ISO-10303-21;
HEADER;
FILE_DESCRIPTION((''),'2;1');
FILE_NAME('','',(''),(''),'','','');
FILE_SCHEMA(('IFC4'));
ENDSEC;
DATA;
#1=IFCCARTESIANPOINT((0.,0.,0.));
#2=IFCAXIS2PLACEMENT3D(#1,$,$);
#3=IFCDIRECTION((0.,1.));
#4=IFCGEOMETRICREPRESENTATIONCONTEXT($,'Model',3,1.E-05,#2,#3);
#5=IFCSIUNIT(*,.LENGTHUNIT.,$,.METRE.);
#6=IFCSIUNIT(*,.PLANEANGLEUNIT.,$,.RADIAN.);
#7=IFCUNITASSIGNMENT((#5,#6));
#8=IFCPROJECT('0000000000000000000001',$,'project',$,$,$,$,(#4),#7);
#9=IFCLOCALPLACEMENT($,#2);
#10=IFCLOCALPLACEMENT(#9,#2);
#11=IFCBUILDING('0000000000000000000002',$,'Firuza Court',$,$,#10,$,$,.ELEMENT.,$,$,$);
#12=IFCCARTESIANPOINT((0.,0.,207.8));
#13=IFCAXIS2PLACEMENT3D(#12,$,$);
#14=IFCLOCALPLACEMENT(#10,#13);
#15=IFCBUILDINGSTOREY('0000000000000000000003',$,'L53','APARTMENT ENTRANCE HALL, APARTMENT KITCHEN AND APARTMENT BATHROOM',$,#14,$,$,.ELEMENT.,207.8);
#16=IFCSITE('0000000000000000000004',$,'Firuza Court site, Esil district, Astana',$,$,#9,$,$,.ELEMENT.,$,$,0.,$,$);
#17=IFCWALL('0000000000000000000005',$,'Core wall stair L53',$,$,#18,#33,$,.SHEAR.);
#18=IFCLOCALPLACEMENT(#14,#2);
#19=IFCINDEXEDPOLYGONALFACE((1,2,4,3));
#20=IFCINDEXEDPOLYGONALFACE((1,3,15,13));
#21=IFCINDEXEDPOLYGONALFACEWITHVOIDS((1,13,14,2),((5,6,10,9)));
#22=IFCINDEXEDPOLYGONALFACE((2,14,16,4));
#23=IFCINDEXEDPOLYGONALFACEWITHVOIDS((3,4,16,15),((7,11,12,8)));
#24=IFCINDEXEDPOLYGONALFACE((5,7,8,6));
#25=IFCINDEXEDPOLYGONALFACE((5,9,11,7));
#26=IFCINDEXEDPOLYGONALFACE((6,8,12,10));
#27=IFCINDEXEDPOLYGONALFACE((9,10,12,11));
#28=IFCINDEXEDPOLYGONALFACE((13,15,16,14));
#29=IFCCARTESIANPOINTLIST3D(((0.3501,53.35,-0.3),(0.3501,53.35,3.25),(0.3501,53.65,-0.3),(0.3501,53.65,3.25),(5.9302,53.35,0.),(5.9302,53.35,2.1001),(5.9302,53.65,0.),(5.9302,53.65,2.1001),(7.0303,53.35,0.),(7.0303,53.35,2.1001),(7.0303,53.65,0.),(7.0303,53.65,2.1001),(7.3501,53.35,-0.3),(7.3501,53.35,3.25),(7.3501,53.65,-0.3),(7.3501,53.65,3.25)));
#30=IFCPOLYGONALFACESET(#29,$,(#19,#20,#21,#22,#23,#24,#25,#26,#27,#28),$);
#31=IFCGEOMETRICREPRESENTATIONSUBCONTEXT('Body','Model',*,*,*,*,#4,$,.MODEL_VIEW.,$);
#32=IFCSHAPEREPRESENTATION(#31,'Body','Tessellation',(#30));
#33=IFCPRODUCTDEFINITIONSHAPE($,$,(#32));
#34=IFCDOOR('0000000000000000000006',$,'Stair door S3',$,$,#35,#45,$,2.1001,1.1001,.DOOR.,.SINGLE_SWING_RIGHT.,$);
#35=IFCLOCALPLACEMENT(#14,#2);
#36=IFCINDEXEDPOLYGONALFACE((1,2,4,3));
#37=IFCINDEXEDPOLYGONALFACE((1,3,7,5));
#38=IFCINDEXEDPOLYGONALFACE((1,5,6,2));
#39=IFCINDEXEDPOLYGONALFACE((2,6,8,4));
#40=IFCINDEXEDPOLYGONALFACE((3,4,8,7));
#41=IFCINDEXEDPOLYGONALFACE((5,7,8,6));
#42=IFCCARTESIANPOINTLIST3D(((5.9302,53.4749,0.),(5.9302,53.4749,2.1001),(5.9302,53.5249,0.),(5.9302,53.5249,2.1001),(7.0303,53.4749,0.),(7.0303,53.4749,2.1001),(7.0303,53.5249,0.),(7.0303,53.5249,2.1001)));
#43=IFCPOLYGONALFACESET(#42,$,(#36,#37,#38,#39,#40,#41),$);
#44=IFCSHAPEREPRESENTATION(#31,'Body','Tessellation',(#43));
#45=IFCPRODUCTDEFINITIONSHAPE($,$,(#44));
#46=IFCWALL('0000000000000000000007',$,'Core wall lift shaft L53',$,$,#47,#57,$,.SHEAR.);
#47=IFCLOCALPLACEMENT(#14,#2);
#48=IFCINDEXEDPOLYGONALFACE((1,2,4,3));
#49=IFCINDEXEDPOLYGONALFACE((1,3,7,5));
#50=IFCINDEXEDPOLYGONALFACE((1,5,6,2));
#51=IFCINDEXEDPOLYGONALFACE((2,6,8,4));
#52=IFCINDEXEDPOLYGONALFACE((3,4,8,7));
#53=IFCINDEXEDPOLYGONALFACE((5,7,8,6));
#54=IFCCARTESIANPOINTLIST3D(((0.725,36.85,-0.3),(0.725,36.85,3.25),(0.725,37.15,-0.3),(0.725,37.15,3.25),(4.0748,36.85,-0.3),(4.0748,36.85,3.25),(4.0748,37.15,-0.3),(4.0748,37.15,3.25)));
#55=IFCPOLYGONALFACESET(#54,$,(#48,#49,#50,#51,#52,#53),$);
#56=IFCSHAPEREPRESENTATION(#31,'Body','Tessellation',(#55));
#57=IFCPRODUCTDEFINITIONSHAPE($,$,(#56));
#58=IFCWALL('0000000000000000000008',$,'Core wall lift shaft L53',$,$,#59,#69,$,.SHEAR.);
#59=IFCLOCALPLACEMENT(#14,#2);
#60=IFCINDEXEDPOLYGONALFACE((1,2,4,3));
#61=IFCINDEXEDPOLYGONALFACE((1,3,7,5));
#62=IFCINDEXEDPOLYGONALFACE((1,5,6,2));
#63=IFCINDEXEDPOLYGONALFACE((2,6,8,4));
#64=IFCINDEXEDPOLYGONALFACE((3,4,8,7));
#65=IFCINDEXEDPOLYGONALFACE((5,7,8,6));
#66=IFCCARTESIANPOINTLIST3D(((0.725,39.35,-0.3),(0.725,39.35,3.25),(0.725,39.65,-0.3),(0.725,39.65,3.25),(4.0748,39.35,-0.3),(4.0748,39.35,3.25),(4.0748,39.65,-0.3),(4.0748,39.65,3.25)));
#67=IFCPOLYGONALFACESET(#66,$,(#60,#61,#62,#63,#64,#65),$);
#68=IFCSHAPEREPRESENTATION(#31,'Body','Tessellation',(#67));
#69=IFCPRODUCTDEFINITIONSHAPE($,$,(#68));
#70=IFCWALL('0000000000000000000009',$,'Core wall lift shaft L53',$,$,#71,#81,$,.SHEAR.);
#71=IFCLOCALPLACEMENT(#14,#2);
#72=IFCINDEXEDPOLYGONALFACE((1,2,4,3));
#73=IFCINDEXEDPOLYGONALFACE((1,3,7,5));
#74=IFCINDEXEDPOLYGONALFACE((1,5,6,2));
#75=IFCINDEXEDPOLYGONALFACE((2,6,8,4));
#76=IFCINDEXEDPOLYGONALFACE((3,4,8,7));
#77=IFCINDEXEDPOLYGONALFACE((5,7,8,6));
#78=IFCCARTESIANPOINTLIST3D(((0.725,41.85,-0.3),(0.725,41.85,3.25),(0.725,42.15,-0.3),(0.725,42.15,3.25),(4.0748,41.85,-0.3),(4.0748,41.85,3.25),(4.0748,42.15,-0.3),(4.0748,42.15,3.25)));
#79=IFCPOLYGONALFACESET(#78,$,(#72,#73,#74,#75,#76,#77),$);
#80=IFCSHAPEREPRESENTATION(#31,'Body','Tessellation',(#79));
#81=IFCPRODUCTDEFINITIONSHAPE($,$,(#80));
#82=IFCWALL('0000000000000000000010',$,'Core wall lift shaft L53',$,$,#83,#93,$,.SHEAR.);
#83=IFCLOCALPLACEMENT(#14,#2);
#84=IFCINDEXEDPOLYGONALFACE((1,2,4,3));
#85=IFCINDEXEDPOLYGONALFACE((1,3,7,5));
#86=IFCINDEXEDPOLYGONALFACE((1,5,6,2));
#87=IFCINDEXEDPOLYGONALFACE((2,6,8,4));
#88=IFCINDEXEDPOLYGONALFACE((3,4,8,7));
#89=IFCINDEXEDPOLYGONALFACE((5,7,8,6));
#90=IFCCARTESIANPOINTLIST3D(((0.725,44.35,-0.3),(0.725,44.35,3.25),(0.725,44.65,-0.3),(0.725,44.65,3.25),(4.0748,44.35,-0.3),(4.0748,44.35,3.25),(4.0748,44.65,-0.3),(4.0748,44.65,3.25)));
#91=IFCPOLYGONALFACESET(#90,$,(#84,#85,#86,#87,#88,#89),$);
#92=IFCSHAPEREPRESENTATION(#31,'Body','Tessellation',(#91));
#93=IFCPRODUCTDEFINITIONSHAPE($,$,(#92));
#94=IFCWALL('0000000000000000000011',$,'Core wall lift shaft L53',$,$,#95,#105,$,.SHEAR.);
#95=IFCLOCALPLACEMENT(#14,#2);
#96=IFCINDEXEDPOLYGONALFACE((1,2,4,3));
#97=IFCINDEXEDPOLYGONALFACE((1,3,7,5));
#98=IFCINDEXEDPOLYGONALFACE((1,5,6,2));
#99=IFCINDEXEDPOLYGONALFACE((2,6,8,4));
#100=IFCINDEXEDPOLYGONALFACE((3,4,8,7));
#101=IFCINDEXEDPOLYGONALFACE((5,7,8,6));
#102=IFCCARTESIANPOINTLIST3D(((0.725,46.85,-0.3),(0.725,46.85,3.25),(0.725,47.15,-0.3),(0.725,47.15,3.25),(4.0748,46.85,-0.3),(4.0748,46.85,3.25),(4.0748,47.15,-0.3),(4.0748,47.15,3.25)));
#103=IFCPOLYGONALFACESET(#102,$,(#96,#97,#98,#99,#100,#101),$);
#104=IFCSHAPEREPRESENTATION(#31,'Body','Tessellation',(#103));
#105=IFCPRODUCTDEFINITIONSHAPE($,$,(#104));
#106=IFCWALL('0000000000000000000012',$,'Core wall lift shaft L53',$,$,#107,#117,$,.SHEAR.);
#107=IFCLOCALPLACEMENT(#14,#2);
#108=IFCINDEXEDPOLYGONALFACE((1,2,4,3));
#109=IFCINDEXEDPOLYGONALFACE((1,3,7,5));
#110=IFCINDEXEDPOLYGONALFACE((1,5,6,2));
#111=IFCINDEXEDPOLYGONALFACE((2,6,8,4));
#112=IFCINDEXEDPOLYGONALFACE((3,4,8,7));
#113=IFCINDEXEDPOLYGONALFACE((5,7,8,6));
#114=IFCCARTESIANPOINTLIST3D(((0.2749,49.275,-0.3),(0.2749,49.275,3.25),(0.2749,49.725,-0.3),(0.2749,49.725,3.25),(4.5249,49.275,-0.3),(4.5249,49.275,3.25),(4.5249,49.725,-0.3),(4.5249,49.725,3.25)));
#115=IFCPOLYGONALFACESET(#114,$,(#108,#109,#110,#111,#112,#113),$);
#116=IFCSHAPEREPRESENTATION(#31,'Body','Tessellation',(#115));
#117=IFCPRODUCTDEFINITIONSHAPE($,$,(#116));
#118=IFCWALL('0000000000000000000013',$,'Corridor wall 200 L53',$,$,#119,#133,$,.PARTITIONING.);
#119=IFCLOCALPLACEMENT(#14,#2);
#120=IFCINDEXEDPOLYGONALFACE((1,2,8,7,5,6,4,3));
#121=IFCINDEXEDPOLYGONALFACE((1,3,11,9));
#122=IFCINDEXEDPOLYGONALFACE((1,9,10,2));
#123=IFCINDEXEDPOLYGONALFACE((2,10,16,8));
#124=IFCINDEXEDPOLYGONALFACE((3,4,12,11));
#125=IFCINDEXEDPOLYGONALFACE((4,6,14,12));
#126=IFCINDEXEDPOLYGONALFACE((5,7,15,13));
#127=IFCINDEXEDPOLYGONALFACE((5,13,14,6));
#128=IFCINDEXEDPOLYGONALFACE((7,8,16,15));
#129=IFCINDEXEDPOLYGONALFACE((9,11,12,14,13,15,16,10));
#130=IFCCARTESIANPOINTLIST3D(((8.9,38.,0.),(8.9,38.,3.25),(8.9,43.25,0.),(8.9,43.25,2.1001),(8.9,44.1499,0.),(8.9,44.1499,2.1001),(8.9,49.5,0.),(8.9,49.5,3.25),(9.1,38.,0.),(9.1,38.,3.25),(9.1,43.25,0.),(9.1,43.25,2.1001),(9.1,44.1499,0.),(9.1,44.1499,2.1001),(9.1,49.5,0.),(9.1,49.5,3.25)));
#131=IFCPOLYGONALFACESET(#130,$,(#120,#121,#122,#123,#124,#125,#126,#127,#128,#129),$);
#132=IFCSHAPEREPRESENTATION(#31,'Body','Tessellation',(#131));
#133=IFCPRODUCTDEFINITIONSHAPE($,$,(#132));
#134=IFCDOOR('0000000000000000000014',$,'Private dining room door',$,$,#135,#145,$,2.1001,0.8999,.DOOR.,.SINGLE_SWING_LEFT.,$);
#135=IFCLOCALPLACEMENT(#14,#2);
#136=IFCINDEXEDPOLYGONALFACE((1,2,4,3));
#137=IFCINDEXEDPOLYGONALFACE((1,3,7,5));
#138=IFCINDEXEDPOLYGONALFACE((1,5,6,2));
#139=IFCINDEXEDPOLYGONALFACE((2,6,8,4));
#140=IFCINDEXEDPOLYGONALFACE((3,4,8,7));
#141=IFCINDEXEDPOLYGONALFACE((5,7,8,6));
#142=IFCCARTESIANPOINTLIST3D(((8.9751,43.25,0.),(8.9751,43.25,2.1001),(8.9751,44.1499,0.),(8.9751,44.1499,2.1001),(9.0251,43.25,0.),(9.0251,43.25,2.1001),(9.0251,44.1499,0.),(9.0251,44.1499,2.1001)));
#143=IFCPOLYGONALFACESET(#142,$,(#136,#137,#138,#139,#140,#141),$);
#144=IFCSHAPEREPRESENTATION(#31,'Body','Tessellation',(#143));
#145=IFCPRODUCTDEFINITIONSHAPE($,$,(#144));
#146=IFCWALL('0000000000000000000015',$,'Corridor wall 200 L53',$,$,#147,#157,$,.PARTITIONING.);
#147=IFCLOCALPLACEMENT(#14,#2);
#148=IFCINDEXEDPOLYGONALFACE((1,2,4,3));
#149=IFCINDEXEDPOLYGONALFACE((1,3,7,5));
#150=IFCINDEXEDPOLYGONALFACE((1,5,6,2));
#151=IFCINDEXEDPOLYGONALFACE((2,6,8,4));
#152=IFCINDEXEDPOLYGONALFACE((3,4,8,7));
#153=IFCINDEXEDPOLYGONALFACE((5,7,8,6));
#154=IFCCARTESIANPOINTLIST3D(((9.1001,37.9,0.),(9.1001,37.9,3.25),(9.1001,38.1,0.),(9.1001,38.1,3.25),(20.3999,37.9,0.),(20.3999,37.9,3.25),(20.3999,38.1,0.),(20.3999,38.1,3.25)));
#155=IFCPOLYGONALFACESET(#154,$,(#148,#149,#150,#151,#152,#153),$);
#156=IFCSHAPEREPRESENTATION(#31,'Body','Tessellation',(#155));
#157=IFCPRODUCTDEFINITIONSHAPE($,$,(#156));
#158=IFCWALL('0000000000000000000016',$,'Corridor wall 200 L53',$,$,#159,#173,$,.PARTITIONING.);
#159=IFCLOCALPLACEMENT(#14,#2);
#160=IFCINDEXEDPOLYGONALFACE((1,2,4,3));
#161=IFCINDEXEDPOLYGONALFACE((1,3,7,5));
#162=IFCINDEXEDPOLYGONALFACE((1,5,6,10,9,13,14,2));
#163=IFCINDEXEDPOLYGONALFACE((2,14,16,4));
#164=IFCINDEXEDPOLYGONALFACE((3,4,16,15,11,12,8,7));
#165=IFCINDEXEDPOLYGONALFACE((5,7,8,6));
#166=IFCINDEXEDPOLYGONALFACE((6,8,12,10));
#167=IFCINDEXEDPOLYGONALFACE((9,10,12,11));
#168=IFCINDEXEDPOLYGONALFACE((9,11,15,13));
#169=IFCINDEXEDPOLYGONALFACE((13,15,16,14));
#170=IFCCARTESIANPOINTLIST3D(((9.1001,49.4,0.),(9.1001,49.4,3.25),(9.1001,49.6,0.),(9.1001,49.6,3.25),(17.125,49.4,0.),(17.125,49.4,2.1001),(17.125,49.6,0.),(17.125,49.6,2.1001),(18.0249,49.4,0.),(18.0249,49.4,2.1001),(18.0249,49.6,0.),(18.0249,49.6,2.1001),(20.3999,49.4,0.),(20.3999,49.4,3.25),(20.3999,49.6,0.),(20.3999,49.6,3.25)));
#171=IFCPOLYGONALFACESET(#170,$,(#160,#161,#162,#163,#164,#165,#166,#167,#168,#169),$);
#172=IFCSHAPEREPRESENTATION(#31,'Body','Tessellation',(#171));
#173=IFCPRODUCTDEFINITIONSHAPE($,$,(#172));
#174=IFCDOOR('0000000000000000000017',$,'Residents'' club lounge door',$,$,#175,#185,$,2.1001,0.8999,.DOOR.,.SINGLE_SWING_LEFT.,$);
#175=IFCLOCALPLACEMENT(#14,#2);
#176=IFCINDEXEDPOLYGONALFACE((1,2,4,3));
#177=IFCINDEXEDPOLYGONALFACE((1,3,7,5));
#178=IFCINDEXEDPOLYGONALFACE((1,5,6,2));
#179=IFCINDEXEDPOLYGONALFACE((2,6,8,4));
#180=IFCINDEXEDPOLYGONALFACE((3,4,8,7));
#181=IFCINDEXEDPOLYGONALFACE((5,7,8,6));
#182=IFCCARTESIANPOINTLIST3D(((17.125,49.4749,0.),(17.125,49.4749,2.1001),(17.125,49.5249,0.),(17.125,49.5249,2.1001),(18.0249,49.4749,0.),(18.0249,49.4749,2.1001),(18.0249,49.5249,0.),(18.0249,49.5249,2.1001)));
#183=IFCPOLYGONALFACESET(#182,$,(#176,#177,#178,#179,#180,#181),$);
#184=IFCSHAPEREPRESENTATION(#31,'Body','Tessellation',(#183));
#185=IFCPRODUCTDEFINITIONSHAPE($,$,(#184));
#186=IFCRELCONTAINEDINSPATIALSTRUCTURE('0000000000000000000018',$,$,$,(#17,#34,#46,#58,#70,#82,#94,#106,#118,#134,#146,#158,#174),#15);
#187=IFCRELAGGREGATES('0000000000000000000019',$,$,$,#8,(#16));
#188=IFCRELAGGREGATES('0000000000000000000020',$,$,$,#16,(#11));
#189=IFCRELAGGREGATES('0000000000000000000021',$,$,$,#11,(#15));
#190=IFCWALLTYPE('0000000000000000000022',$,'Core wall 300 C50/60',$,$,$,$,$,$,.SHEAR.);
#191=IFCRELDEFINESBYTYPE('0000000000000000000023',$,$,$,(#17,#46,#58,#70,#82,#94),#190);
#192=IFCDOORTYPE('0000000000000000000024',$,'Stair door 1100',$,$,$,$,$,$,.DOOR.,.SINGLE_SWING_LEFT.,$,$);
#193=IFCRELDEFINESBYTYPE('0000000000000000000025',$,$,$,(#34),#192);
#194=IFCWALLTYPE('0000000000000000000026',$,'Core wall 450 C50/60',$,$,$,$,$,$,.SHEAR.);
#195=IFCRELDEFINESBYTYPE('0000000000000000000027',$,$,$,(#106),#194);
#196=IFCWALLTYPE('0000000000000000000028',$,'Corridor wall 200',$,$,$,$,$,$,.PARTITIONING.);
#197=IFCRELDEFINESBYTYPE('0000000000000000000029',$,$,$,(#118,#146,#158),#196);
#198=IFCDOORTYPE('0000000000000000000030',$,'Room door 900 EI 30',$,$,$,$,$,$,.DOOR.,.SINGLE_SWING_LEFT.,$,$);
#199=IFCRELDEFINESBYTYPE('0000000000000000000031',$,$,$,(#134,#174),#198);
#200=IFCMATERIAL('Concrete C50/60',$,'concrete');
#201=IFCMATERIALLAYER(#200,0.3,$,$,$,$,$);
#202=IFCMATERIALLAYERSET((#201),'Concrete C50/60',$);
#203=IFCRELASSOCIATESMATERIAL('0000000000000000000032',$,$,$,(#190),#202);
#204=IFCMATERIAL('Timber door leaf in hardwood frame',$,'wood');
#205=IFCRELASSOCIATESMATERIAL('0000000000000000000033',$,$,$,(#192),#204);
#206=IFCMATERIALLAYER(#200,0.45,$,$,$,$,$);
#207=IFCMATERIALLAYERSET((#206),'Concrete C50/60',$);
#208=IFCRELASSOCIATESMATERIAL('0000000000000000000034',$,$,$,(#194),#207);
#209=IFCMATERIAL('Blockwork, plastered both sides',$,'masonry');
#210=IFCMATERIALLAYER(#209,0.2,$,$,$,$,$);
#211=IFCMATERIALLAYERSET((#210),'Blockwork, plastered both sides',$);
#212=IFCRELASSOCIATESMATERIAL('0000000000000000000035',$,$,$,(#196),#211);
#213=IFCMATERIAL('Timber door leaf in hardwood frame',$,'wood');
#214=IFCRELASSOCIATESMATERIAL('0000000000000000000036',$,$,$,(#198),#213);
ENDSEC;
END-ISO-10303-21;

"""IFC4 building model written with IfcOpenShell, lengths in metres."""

from ifc_helpers import new_model, si_unit, direction, frame, frame_2d, origin, place, context, subcontext, project, spatial, rectangle, extrude, material, layer, layer_set, type_object, element, fill, save


model = new_model("IFC4")

# Units and contexts
model_context = context("Model", 3, precision=1e-05, world=origin(), true_north=direction((0.0, 1.0)))
body_context = subcontext(model_context, "Body", "Model", "MODEL_VIEW")
ifc_project = project(units=[si_unit("LENGTHUNIT", "METRE"), si_unit("PLANEANGLEUNIT", "RADIAN")], contexts=[model_context])

# Site, building, storey
site_placement = place(None, origin())
site = spatial("IfcSite", under=ifc_project, at=site_placement, Name="Firuza Court site, Esil district, Astana", CompositionType="ELEMENT", RefElevation=0.0)
building_placement = place(site_placement, origin())
building = spatial("IfcBuilding", under=site, at=building_placement, Name="Firuza Court", CompositionType="ELEMENT")
storey_placement = place(building_placement, frame((0.0, 0.0, 207.8)))
storey = spatial("IfcBuildingStorey", under=building, at=storey_placement, Name="L53", Description="APARTMENT ENTRANCE HALL, APARTMENT KITCHEN AND APARTMENT BATHROOM", CompositionType="ELEMENT", Elevation=207.8)

# Wall, opening, door
ifc_material_1 = material(Name="Concrete C50/60", Category="concrete")
ifc_layer_1 = layer(ifc_material_1, 0.3)
ifc_layer_set_1 = layer_set([ifc_layer_1], Name="Concrete C50/60")
wall_type_1 = type_object("IfcWallType", Name="Core wall 300 C50/60", PredefinedType="SHEAR", material=ifc_layer_set_1)
wall_1_placement = place(storey_placement, frame((0.3501, 53.5, -0.3), z_axis=(0.0, 0.0, 1.0), x_axis=(1.0, 0.0, 0.0)))
wall_1 = element("IfcWall", 1, at=wall_1_placement, inside=storey, type_object=wall_type_1, Name="Core wall stair L53", PredefinedType="SHEAR", context=body_context, shape_type="SweptSolid", body=[
    extrude(rectangle(XDim=7.0, YDim=0.3, at=frame_2d((3.5, 0.0))), origin(), (0.0, 0.0, 1.0), 3.55),
])
opening_1_placement = place(wall_1_placement, frame((5.5801, 0.0, 0.3)))
opening_1 = element("IfcOpeningElement", 2, at=opening_1_placement, cuts=wall_1, PredefinedType="OPENING", context=body_context, shape_type="SweptSolid", body=[
    extrude(rectangle(XDim=1.1001, YDim=2.1001, at=frame_2d((0.55, 1.05))), frame((0.0, 0.1621, 0.0), z_axis=(0.0, -1.0, 0.0), x_axis=(1.0, 0.0, 0.0)), (0.0, 0.0, 1.0), 0.324),
])
ifc_material_2 = material(Name="Timber door leaf in hardwood frame", Category="wood")
door_type_1 = type_object("IfcDoorType", Name="Stair door 1100", OperationType="SINGLE_SWING_LEFT", PredefinedType="DOOR", material=ifc_material_2)
door_1_placement = place(opening_1_placement, origin())
door_1 = element("IfcDoor", 3, at=door_1_placement, inside=storey, type_object=door_type_1, Name="Stair door S3", OperationType="SINGLE_SWING_RIGHT", OverallHeight=2.1001, OverallWidth=1.1001, PredefinedType="DOOR", context=body_context, shape_type="SweptSolid", body=[
    extrude(rectangle(XDim=1.1001, YDim=2.1001, at=frame_2d((0.55, 1.05))), frame((0.0, 0.0249, 0.0), z_axis=(0.0, -1.0, 0.0), x_axis=(1.0, 0.0, 0.0)), (0.0, 0.0, 1.0), 0.05),
])
fill(opening_1, door_1)

# Walls
for number, where, z_axis, x_axis, name in (
    (4, (0.7251, 37.0, -0.3), (0.0, 0.0, 1.0), (1.0, 0.0, 0.0), "Core wall lift shaft L53"),
    (5, (0.7251, 39.5, -0.3), (0.0, 0.0, 1.0), (1.0, 0.0, 0.0), "Core wall lift shaft L53"),
    (6, (0.7251, 42.0, -0.3), (0.0, 0.0, 1.0), (1.0, 0.0, 0.0), "Core wall lift shaft L53"),
    (7, (0.7251, 44.5, -0.3), (0.0, 0.0, 1.0), (1.0, 0.0, 0.0), "Core wall lift shaft L53"),
    (8, (0.7251, 47.0, -0.3), (0.0, 0.0, 1.0), (1.0, 0.0, 0.0), "Core wall lift shaft L53"),
):
    element("IfcWall", number, at=place(storey_placement, frame(where, z_axis=z_axis, x_axis=x_axis)), inside=storey, type_object=wall_type_1, Name=name, PredefinedType="SHEAR", context=body_context, shape_type="SweptSolid", body=[
        extrude(rectangle(XDim=3.3499, YDim=0.3, at=frame_2d((1.6748, 0.0))), origin(), (0.0, 0.0, 1.0), 3.55),
    ])
ifc_layer_2 = layer(ifc_material_1, 0.45)
ifc_layer_set_2 = layer_set([ifc_layer_2], Name="Concrete C50/60")
wall_type_2 = type_object("IfcWallType", Name="Core wall 450 C50/60", PredefinedType="SHEAR", material=ifc_layer_set_2)
wall_2_placement = place(storey_placement, frame((0.2749, 49.5, -0.3), z_axis=(0.0, 0.0, 1.0), x_axis=(1.0, 0.0, 0.0)))
element("IfcWall", 9, at=wall_2_placement, inside=storey, type_object=wall_type_2, Name="Core wall lift shaft L53", PredefinedType="SHEAR", context=body_context, shape_type="SweptSolid", body=[
    extrude(rectangle(XDim=4.25, YDim=0.45, at=frame_2d((2.125, 0.0))), origin(), (0.0, 0.0, 1.0), 3.55),
])

# Wall, opening, door
ifc_material_3 = material(Name="Blockwork, plastered both sides", Category="masonry")
ifc_layer_3 = layer(ifc_material_3, 0.2)
ifc_layer_set_3 = layer_set([ifc_layer_3], Name="Blockwork, plastered both sides")
wall_type_3 = type_object("IfcWallType", Name="Corridor wall 200", PredefinedType="PARTITIONING", material=ifc_layer_set_3)
wall_3_placement = place(storey_placement, frame((9.0, 38.0, 0.0), z_axis=(0.0, 0.0, 1.0), x_axis=(0.0, 1.0, 0.0)))
wall_3 = element("IfcWall", 10, at=wall_3_placement, inside=storey, type_object=wall_type_3, Name="Corridor wall 200 L53", PredefinedType="PARTITIONING", context=body_context, shape_type="SweptSolid", body=[
    extrude(rectangle(XDim=11.5, YDim=0.2, at=frame_2d((5.75, 0.0))), origin(), (0.0, 0.0, 1.0), 3.25),
])
opening_2_placement = place(wall_3_placement, frame((5.25, 0.0, 0.0)))
opening_2 = element("IfcOpeningElement", 11, at=opening_2_placement, cuts=wall_3, PredefinedType="OPENING", context=body_context, shape_type="SweptSolid", body=[
    extrude(rectangle(XDim=0.8999, YDim=2.1001, at=frame_2d((0.45, 1.05))), frame((0.0, 0.1118, 0.0), z_axis=(0.0, -1.0, 0.0), x_axis=(1.0, 0.0, 0.0)), (0.0, 0.0, 1.0), 0.2239),
])
ifc_material_4 = material(Name="Timber door leaf in hardwood frame", Category="wood")
door_type_2 = type_object("IfcDoorType", Name="Room door 900 EI 30", OperationType="SINGLE_SWING_LEFT", PredefinedType="DOOR", material=ifc_material_4)
door_2_placement = place(opening_2_placement, origin())
door_2 = element("IfcDoor", 12, at=door_2_placement, inside=storey, type_object=door_type_2, Name="Private dining room door", OperationType="SINGLE_SWING_LEFT", OverallHeight=2.1001, OverallWidth=0.8999, PredefinedType="DOOR", context=body_context, shape_type="SweptSolid", body=[
    extrude(rectangle(XDim=0.8999, YDim=2.1001, at=frame_2d((0.45, 1.05))), frame((0.0, 0.0249, 0.0), z_axis=(0.0, -1.0, 0.0), x_axis=(1.0, 0.0, 0.0)), (0.0, 0.0, 1.0), 0.05),
])
fill(opening_2, door_2)

# Wall
wall_4_placement = place(storey_placement, frame((9.1001, 38.0, 0.0), z_axis=(0.0, 0.0, 1.0), x_axis=(1.0, 0.0, 0.0)))
element("IfcWall", 13, at=wall_4_placement, inside=storey, type_object=wall_type_3, Name="Corridor wall 200 L53", PredefinedType="PARTITIONING", context=body_context, shape_type="SweptSolid", body=[
    extrude(rectangle(XDim=11.2998, YDim=0.2, at=frame_2d((5.6499, 0.0))), origin(), (0.0, 0.0, 1.0), 3.25),
])

# Wall, opening, door
wall_5_placement = place(storey_placement, frame((9.1001, 49.5, 0.0), z_axis=(0.0, 0.0, 1.0), x_axis=(1.0, 0.0, 0.0)))
wall_5 = element("IfcWall", 14, at=wall_5_placement, inside=storey, type_object=wall_type_3, Name="Corridor wall 200 L53", PredefinedType="PARTITIONING", context=body_context, shape_type="SweptSolid", body=[
    extrude(rectangle(XDim=11.2998, YDim=0.2, at=frame_2d((5.6499, 0.0))), origin(), (0.0, 0.0, 1.0), 3.25),
])
opening_3_placement = place(wall_5_placement, frame((8.0249, 0.0, 0.0)))
opening_3 = element("IfcOpeningElement", 15, at=opening_3_placement, cuts=wall_5, PredefinedType="OPENING", context=body_context, shape_type="SweptSolid", body=[
    extrude(rectangle(XDim=0.8999, YDim=2.1001, at=frame_2d((0.45, 1.05))), frame((0.0, 0.1118, 0.0), z_axis=(0.0, -1.0, 0.0), x_axis=(1.0, 0.0, 0.0)), (0.0, 0.0, 1.0), 0.2239),
])
door_3_placement = place(opening_3_placement, origin())
door_3 = element("IfcDoor", 16, at=door_3_placement, inside=storey, type_object=door_type_2, Name="Residents' club lounge door", OperationType="SINGLE_SWING_LEFT", OverallHeight=2.1001, OverallWidth=0.8999, PredefinedType="DOOR", context=body_context, shape_type="SweptSolid", body=[
    extrude(rectangle(XDim=0.8999, YDim=2.1001, at=frame_2d((0.45, 1.05))), frame((0.0, 0.0249, 0.0), z_axis=(0.0, -1.0, 0.0), x_axis=(1.0, 0.0, 0.0)), (0.0, 0.0, 1.0), 0.05),
])
fill(opening_3, door_3)

save(model, "model.ifc")
